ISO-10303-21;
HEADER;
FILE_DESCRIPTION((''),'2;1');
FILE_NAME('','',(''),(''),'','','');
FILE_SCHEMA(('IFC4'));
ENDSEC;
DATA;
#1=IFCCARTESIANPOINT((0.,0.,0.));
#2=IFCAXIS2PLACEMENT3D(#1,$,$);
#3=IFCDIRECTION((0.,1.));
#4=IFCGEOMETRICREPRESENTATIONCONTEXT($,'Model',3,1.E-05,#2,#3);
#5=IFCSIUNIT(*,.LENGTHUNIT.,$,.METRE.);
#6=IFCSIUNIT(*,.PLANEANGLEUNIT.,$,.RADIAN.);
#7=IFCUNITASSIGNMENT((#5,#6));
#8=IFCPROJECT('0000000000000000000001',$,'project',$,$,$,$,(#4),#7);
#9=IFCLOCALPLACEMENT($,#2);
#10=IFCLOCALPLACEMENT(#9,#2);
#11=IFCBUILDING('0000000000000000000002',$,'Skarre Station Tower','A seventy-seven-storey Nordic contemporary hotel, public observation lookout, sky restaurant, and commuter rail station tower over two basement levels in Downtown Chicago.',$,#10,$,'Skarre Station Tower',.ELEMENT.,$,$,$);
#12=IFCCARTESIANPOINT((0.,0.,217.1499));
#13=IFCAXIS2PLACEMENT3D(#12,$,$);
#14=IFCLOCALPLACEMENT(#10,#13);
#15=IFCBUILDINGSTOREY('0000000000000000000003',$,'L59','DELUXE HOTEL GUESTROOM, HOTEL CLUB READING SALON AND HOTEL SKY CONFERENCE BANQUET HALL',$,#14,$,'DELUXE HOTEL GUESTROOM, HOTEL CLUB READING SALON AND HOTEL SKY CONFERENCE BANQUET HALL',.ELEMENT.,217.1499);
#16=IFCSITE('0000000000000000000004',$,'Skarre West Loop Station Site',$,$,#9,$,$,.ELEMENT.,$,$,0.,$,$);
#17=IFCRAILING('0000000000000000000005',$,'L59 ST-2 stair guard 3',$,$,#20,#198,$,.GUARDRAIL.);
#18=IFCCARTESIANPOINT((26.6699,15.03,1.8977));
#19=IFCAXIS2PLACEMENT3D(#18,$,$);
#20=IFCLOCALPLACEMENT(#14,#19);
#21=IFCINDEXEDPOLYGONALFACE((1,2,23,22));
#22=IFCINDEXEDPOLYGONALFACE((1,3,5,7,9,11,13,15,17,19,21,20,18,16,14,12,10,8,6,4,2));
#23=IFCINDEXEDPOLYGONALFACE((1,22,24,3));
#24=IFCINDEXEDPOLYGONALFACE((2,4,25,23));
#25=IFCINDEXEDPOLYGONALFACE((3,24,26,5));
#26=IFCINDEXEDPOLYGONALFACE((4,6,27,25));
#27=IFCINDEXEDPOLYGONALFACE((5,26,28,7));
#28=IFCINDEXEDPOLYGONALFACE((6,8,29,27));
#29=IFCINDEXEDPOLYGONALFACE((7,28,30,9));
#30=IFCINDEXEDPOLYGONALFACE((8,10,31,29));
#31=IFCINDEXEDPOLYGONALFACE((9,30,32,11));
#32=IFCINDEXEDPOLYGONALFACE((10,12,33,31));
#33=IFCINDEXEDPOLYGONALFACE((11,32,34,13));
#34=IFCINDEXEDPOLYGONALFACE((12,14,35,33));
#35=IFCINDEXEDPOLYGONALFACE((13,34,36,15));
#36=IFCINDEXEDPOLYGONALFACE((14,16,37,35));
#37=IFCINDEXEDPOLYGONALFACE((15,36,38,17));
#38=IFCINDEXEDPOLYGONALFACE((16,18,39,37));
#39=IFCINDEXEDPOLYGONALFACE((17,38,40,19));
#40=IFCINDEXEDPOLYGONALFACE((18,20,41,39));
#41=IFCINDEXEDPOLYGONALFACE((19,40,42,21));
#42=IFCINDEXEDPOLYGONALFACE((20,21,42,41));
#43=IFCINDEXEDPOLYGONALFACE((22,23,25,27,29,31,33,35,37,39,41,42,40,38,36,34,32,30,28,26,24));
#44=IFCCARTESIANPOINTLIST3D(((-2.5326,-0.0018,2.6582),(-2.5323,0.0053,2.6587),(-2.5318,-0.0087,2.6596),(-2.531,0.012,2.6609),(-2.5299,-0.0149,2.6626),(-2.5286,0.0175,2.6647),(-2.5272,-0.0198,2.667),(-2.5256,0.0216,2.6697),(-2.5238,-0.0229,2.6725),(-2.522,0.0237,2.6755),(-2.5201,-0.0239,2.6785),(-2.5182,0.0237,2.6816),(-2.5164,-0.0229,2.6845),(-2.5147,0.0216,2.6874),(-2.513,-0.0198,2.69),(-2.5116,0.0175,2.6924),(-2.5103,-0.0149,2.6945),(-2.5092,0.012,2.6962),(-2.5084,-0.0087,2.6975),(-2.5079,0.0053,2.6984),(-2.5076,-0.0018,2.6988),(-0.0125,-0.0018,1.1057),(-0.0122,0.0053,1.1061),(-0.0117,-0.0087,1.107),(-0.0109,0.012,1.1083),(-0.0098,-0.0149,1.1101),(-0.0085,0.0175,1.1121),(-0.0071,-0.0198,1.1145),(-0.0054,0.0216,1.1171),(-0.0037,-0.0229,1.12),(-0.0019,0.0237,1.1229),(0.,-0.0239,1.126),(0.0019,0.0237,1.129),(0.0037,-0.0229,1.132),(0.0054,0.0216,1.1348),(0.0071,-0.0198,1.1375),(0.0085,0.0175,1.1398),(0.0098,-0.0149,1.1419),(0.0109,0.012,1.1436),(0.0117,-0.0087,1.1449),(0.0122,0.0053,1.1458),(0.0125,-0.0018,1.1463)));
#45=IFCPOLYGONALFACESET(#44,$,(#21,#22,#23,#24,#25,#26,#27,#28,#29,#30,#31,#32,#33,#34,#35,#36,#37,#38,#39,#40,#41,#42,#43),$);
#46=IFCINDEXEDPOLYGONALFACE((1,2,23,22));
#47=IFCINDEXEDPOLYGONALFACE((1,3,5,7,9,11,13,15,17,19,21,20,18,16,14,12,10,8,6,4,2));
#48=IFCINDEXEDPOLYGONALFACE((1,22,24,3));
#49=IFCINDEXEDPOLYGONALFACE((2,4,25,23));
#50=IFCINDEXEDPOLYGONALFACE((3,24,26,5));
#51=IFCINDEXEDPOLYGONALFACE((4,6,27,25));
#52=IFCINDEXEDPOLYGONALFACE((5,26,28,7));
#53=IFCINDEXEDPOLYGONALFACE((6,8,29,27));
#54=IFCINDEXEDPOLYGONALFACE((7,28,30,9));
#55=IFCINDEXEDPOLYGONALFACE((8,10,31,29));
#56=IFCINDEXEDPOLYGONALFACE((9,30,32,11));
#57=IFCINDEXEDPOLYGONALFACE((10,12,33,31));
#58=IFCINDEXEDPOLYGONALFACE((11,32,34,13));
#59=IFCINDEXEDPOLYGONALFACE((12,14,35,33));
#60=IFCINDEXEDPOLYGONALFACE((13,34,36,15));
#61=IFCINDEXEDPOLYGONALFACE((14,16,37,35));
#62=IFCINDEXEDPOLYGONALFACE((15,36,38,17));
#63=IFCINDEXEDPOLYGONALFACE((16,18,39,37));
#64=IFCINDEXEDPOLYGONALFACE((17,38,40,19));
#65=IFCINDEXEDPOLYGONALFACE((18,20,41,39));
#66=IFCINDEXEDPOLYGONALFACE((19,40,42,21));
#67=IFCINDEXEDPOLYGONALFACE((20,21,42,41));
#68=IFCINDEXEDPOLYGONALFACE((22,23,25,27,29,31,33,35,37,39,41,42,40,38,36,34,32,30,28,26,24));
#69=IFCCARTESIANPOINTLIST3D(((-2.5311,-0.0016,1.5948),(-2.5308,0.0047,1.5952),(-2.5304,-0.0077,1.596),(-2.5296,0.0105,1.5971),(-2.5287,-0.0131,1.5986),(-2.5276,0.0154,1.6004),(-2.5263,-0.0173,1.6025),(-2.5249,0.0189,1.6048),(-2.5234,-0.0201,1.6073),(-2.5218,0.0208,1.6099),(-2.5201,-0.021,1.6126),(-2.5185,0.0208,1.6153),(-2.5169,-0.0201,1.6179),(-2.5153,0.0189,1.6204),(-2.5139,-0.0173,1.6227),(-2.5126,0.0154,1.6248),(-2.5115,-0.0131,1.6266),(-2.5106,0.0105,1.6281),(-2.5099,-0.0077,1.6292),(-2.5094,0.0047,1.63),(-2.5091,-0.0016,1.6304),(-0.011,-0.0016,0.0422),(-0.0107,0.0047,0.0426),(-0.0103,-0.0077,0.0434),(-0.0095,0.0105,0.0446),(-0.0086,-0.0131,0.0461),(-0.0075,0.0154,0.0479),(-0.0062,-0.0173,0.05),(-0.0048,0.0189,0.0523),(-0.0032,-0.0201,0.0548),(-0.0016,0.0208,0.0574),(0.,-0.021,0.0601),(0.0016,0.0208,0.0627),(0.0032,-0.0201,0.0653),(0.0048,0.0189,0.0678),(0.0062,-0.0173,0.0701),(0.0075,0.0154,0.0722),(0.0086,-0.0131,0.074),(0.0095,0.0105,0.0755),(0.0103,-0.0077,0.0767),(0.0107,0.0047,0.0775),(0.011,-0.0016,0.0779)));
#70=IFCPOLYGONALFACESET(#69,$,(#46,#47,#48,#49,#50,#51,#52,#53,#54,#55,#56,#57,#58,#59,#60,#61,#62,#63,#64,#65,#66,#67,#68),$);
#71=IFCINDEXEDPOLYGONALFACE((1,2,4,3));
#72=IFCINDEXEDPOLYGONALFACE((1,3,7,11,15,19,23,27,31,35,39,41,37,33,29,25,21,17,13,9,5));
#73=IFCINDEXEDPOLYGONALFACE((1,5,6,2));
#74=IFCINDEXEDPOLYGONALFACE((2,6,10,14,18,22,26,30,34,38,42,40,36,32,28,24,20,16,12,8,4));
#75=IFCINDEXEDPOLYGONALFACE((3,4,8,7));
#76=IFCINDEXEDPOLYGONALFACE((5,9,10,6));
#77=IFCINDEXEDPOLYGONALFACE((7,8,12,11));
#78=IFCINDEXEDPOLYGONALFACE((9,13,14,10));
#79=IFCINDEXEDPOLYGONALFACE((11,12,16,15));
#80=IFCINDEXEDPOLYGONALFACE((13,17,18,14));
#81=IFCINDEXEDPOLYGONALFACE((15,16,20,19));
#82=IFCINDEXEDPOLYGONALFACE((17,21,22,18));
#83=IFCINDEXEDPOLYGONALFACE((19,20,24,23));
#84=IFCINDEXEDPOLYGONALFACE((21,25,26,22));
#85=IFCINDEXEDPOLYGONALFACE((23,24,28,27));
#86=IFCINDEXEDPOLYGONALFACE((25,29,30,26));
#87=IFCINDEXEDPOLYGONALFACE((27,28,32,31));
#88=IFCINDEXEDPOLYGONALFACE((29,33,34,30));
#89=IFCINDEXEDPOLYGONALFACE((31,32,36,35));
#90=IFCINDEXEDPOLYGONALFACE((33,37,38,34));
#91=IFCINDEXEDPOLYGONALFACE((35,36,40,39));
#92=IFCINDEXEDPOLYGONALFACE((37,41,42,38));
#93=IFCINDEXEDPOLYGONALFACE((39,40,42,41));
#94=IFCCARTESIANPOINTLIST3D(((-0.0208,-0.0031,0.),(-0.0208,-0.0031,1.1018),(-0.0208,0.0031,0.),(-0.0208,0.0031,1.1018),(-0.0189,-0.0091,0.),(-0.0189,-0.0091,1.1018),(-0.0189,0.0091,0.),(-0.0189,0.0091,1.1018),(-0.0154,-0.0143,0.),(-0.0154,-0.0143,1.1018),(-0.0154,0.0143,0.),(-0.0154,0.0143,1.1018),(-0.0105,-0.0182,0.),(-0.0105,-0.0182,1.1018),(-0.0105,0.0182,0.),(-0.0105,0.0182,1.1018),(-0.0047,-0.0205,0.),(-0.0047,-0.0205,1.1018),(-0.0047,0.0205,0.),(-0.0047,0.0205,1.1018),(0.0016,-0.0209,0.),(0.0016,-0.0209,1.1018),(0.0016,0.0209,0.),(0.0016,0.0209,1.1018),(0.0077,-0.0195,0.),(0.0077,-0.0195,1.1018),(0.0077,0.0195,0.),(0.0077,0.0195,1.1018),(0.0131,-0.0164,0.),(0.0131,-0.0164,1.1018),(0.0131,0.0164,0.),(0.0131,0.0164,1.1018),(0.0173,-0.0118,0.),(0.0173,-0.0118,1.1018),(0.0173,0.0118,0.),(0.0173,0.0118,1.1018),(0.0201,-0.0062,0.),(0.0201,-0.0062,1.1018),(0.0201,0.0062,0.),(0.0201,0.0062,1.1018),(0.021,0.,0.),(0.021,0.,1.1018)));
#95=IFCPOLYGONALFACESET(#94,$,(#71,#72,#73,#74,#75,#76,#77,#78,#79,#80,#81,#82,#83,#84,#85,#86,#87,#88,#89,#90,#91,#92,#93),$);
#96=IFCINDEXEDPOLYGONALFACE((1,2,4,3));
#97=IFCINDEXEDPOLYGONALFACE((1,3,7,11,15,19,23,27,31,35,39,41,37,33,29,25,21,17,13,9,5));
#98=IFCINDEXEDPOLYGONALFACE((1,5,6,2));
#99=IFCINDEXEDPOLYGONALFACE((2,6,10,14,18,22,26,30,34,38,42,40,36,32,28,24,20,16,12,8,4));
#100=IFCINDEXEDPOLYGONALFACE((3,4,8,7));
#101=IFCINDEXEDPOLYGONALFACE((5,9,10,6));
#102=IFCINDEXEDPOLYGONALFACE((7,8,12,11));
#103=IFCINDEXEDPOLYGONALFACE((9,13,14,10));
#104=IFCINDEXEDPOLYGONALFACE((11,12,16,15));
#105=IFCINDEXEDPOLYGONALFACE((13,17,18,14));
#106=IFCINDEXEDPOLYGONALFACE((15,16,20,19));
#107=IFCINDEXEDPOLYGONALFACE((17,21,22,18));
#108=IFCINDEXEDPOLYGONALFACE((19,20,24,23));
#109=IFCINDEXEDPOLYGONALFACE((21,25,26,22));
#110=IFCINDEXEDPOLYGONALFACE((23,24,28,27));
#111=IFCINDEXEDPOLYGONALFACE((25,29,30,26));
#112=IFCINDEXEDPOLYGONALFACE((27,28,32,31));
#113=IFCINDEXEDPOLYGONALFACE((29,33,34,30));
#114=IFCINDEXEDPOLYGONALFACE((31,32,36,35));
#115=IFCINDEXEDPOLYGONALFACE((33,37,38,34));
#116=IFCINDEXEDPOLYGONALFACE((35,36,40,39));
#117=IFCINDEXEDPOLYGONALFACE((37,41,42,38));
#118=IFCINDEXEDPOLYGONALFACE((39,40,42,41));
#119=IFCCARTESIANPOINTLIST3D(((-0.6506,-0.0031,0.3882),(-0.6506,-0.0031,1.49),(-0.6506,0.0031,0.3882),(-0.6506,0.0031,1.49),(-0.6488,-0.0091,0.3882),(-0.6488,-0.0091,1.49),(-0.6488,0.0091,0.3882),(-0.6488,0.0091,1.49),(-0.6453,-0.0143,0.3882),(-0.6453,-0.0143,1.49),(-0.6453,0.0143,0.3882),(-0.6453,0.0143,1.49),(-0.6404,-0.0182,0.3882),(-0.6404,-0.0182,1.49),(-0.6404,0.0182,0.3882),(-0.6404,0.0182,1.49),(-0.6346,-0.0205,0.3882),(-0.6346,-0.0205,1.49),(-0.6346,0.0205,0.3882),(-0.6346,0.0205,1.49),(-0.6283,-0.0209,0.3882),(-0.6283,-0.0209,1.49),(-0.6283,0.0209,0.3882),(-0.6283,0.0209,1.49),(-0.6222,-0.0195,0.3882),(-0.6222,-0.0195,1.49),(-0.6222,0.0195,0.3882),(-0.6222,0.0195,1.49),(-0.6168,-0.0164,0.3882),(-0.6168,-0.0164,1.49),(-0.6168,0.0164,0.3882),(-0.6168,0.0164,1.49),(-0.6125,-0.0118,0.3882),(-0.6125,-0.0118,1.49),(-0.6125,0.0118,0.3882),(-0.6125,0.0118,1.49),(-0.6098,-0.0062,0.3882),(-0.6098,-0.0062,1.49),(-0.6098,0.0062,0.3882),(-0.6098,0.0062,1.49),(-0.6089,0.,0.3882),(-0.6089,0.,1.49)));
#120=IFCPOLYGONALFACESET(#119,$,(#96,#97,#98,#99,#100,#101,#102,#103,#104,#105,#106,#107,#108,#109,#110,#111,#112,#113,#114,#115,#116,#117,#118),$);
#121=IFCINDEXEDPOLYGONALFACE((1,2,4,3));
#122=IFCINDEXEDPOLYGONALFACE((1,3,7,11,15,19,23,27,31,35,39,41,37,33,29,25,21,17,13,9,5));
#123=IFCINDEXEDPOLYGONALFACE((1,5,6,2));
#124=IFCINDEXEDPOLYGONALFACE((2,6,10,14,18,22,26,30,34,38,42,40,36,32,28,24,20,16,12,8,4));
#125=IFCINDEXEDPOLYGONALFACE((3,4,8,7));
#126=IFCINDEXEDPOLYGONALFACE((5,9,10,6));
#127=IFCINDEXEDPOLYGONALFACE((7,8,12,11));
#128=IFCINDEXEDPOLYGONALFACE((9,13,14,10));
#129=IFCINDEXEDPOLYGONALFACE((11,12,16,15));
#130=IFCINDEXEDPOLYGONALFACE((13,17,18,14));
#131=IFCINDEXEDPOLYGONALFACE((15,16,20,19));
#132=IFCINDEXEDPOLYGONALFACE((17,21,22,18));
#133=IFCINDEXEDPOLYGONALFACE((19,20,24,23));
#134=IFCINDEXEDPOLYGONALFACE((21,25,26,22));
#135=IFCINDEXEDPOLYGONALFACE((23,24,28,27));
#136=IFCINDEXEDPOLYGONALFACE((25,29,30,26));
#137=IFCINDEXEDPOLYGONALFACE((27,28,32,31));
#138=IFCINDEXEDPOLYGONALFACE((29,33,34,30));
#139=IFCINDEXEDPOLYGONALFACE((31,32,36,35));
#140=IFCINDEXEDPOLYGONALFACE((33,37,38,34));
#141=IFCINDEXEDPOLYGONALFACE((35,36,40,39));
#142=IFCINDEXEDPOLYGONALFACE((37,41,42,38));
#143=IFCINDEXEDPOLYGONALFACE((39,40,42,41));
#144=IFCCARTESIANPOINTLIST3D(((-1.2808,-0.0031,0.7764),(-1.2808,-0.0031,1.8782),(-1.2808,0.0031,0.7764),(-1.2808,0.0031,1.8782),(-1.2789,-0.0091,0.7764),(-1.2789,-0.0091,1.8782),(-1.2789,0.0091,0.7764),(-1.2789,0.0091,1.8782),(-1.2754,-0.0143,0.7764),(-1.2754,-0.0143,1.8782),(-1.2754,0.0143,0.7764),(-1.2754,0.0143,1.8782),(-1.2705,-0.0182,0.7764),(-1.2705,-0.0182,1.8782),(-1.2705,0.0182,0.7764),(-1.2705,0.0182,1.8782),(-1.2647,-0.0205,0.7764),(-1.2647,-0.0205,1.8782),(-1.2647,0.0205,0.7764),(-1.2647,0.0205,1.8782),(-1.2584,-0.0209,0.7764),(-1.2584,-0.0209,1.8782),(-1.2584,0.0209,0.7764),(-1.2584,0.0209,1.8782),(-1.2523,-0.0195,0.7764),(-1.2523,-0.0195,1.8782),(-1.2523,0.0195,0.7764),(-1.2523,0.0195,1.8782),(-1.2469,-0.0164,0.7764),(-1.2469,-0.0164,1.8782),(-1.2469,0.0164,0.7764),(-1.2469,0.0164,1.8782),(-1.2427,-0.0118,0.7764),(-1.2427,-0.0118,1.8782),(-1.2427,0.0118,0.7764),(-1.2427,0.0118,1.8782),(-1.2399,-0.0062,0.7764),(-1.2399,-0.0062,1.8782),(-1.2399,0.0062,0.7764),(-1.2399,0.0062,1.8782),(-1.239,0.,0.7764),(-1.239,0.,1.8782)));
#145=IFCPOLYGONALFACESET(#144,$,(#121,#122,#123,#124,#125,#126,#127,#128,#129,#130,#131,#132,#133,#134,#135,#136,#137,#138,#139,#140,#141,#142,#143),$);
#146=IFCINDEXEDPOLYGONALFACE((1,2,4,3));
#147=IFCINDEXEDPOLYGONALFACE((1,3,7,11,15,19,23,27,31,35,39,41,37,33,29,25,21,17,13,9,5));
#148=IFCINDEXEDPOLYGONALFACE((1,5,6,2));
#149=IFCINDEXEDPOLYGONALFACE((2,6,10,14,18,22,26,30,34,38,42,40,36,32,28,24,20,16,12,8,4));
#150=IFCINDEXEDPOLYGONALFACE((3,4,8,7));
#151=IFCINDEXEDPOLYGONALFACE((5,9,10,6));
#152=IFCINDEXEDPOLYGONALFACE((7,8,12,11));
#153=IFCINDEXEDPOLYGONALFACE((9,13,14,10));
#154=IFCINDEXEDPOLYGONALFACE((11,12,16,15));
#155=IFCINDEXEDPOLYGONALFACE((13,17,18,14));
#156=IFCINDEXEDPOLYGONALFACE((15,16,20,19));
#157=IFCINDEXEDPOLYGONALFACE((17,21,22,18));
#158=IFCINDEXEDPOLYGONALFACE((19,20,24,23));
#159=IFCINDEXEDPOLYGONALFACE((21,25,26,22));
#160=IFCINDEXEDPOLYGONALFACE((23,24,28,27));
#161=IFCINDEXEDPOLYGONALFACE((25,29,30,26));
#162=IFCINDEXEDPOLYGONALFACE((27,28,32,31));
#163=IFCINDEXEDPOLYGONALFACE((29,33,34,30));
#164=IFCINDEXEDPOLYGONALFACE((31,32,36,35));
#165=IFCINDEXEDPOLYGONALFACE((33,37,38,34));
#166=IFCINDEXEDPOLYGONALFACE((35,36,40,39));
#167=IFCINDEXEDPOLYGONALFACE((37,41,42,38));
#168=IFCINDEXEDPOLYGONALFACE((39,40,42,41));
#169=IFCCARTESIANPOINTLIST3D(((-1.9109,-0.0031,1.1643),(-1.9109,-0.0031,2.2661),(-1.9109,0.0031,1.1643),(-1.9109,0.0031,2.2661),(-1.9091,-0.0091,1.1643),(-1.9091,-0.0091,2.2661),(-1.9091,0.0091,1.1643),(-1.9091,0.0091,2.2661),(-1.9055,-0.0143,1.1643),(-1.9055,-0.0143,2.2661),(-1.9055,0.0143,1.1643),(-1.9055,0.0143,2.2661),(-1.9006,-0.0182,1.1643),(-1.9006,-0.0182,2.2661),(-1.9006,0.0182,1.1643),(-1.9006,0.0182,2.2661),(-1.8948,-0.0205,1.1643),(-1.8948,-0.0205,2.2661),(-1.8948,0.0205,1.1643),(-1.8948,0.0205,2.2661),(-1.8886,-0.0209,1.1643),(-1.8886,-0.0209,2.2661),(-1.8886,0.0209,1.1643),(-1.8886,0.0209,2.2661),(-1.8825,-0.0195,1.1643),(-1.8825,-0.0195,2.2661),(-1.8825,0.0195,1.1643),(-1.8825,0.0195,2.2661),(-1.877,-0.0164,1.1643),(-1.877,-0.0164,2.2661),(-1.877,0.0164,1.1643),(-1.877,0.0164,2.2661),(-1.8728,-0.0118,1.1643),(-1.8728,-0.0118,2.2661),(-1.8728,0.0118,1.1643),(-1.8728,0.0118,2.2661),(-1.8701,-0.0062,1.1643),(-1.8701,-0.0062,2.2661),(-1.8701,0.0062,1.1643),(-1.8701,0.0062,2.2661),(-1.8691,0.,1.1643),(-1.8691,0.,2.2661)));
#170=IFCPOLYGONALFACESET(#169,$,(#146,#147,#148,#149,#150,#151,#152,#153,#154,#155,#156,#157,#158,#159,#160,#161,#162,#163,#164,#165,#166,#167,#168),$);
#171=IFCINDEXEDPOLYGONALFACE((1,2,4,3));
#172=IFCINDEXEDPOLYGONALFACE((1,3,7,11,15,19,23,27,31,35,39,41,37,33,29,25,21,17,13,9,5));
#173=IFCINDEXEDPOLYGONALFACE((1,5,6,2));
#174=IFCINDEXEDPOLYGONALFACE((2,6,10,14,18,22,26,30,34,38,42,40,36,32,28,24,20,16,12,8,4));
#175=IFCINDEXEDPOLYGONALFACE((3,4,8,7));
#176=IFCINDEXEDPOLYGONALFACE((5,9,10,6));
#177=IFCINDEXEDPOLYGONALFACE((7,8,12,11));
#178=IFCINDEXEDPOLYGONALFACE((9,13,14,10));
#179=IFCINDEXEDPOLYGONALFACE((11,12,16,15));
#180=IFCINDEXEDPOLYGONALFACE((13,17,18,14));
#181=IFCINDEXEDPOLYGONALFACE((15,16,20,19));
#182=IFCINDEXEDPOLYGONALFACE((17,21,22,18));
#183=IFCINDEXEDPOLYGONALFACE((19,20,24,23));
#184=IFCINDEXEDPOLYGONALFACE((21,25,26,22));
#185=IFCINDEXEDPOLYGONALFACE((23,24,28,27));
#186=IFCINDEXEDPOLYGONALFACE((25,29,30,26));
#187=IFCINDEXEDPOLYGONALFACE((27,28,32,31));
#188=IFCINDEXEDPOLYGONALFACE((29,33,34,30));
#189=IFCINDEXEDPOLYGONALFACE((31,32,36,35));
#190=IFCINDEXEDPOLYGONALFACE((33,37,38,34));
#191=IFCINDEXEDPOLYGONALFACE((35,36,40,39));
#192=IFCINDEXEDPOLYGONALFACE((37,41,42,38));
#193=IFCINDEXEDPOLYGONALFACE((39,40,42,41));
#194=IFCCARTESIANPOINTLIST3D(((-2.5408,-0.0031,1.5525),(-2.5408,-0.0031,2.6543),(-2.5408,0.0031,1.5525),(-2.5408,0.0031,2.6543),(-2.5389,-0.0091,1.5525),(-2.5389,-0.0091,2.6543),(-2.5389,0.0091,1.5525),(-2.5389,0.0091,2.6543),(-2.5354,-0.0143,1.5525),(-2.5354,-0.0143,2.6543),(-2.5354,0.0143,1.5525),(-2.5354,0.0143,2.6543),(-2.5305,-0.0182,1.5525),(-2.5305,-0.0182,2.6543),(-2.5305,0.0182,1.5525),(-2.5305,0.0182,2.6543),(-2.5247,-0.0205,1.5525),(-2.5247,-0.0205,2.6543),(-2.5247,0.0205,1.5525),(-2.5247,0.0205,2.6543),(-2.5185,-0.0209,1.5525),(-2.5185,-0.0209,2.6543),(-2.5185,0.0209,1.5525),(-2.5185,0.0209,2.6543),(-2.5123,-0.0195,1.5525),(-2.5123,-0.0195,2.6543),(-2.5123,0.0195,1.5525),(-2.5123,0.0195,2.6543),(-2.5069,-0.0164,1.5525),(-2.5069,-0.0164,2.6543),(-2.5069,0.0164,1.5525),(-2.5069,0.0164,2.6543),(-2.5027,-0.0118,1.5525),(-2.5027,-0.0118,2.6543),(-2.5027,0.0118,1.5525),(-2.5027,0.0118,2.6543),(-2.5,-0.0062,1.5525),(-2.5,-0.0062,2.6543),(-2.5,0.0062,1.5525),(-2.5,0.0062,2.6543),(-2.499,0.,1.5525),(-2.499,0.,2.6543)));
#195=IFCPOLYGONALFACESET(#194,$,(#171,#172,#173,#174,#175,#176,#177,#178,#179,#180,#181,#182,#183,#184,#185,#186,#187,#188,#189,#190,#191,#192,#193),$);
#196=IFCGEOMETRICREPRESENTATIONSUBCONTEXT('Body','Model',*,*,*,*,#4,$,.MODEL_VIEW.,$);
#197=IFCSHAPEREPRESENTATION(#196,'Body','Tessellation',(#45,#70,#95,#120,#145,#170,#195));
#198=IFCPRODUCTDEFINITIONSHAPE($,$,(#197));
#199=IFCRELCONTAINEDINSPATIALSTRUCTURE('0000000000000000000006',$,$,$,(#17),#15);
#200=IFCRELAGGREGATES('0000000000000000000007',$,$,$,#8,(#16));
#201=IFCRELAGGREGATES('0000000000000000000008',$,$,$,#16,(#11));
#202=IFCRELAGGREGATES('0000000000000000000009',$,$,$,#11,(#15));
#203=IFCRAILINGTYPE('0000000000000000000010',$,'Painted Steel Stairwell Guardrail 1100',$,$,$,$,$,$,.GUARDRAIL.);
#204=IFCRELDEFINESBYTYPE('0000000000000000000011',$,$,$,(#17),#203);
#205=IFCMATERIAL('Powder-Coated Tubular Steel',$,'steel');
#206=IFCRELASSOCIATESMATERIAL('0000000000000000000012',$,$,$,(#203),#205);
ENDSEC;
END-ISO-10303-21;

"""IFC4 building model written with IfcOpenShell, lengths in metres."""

from ifc_helpers import new_model, si_unit, direction, frame, origin, origin_2d, place, context, subcontext, project, spatial, circle, extrude, material, type_object, element, save


model = new_model("IFC4")

# Units and contexts
model_context = context("Model", 3, precision=1e-05, world=origin(), true_north=direction((0.0, 1.0)))
body_context = subcontext(model_context, "Body", "Model", "MODEL_VIEW")
ifc_project = project(units=[si_unit("LENGTHUNIT", "METRE"), si_unit("PLANEANGLEUNIT", "RADIAN")], contexts=[model_context])

# Site, building, storey
site_placement = place(None, origin())
site = spatial("IfcSite", under=ifc_project, at=site_placement, Name="Skarre West Loop Station Site", CompositionType="ELEMENT", RefElevation=0.0)
building_placement = place(site_placement, origin())
building = spatial("IfcBuilding", under=site, at=building_placement, Name="Skarre Station Tower", Description="A seventy-seven-storey Nordic contemporary hotel, public observation lookout, sky restaurant, and commuter rail station tower over two basement levels in Downtown Chicago.", LongName="Skarre Station Tower", CompositionType="ELEMENT")
storey_placement = place(building_placement, frame((0.0, 0.0, 217.1499)))
storey = spatial("IfcBuildingStorey", under=building, at=storey_placement, Name="L59", Description="DELUXE HOTEL GUESTROOM, HOTEL CLUB READING SALON AND HOTEL SKY CONFERENCE BANQUET HALL", LongName="DELUXE HOTEL GUESTROOM, HOTEL CLUB READING SALON AND HOTEL SKY CONFERENCE BANQUET HALL", CompositionType="ELEMENT", Elevation=217.1499)

# Railing
ifc_material_1 = material(Name="Powder-Coated Tubular Steel", Category="steel")
railing_type_1 = type_object("IfcRailingType", Name="Painted Steel Stairwell Guardrail 1100", PredefinedType="GUARDRAIL", material=ifc_material_1)
railing_1_placement = place(storey_placement, frame((26.6699, 15.03, 1.8977)))
element("IfcRailing", 1, at=railing_1_placement, inside=storey, type_object=railing_type_1, Name="L59 ST-2 stair guard 3", PredefinedType="GUARDRAIL", context=body_context, shape_type="SweptSolid", body=[
    extrude(circle(Radius=0.0239, at=origin_2d()), frame((0.0, 0.0, 1.126), z_axis=(-0.8514, 0.0, 0.524516), x_axis=(0.0, -1.0, 0.0)), (0.0, 0.0, 1.0), 2.96),
    extrude(circle(Radius=0.021, at=origin_2d()), frame((0.0, 0.0, 0.0601), z_axis=(-0.8514, 0.0, 0.524516), x_axis=(0.0, -1.0, 0.0)), (0.0, 0.0, 1.0), 2.96),
    extrude(circle(Radius=0.021, at=origin_2d()), origin(), (0.0, 0.0, 1.0), 1.1018),
    extrude(circle(Radius=0.021, at=origin_2d()), frame((-0.6299, 0.0, 0.3882)), (0.0, 0.0, 1.0), 1.1018),
    extrude(circle(Radius=0.021, at=origin_2d()), frame((-1.26, 0.0, 0.7764)), (0.0, 0.0, 1.0), 1.1018),
    extrude(circle(Radius=0.021, at=origin_2d()), frame((-1.8901, 0.0, 1.1643)), (0.0, 0.0, 1.0), 1.1018),
    extrude(circle(Radius=0.021, at=origin_2d()), frame((-2.52, 0.0, 1.5525)), (0.0, 0.0, 1.0), 1.1018),
])

save(model, "model.ifc")
